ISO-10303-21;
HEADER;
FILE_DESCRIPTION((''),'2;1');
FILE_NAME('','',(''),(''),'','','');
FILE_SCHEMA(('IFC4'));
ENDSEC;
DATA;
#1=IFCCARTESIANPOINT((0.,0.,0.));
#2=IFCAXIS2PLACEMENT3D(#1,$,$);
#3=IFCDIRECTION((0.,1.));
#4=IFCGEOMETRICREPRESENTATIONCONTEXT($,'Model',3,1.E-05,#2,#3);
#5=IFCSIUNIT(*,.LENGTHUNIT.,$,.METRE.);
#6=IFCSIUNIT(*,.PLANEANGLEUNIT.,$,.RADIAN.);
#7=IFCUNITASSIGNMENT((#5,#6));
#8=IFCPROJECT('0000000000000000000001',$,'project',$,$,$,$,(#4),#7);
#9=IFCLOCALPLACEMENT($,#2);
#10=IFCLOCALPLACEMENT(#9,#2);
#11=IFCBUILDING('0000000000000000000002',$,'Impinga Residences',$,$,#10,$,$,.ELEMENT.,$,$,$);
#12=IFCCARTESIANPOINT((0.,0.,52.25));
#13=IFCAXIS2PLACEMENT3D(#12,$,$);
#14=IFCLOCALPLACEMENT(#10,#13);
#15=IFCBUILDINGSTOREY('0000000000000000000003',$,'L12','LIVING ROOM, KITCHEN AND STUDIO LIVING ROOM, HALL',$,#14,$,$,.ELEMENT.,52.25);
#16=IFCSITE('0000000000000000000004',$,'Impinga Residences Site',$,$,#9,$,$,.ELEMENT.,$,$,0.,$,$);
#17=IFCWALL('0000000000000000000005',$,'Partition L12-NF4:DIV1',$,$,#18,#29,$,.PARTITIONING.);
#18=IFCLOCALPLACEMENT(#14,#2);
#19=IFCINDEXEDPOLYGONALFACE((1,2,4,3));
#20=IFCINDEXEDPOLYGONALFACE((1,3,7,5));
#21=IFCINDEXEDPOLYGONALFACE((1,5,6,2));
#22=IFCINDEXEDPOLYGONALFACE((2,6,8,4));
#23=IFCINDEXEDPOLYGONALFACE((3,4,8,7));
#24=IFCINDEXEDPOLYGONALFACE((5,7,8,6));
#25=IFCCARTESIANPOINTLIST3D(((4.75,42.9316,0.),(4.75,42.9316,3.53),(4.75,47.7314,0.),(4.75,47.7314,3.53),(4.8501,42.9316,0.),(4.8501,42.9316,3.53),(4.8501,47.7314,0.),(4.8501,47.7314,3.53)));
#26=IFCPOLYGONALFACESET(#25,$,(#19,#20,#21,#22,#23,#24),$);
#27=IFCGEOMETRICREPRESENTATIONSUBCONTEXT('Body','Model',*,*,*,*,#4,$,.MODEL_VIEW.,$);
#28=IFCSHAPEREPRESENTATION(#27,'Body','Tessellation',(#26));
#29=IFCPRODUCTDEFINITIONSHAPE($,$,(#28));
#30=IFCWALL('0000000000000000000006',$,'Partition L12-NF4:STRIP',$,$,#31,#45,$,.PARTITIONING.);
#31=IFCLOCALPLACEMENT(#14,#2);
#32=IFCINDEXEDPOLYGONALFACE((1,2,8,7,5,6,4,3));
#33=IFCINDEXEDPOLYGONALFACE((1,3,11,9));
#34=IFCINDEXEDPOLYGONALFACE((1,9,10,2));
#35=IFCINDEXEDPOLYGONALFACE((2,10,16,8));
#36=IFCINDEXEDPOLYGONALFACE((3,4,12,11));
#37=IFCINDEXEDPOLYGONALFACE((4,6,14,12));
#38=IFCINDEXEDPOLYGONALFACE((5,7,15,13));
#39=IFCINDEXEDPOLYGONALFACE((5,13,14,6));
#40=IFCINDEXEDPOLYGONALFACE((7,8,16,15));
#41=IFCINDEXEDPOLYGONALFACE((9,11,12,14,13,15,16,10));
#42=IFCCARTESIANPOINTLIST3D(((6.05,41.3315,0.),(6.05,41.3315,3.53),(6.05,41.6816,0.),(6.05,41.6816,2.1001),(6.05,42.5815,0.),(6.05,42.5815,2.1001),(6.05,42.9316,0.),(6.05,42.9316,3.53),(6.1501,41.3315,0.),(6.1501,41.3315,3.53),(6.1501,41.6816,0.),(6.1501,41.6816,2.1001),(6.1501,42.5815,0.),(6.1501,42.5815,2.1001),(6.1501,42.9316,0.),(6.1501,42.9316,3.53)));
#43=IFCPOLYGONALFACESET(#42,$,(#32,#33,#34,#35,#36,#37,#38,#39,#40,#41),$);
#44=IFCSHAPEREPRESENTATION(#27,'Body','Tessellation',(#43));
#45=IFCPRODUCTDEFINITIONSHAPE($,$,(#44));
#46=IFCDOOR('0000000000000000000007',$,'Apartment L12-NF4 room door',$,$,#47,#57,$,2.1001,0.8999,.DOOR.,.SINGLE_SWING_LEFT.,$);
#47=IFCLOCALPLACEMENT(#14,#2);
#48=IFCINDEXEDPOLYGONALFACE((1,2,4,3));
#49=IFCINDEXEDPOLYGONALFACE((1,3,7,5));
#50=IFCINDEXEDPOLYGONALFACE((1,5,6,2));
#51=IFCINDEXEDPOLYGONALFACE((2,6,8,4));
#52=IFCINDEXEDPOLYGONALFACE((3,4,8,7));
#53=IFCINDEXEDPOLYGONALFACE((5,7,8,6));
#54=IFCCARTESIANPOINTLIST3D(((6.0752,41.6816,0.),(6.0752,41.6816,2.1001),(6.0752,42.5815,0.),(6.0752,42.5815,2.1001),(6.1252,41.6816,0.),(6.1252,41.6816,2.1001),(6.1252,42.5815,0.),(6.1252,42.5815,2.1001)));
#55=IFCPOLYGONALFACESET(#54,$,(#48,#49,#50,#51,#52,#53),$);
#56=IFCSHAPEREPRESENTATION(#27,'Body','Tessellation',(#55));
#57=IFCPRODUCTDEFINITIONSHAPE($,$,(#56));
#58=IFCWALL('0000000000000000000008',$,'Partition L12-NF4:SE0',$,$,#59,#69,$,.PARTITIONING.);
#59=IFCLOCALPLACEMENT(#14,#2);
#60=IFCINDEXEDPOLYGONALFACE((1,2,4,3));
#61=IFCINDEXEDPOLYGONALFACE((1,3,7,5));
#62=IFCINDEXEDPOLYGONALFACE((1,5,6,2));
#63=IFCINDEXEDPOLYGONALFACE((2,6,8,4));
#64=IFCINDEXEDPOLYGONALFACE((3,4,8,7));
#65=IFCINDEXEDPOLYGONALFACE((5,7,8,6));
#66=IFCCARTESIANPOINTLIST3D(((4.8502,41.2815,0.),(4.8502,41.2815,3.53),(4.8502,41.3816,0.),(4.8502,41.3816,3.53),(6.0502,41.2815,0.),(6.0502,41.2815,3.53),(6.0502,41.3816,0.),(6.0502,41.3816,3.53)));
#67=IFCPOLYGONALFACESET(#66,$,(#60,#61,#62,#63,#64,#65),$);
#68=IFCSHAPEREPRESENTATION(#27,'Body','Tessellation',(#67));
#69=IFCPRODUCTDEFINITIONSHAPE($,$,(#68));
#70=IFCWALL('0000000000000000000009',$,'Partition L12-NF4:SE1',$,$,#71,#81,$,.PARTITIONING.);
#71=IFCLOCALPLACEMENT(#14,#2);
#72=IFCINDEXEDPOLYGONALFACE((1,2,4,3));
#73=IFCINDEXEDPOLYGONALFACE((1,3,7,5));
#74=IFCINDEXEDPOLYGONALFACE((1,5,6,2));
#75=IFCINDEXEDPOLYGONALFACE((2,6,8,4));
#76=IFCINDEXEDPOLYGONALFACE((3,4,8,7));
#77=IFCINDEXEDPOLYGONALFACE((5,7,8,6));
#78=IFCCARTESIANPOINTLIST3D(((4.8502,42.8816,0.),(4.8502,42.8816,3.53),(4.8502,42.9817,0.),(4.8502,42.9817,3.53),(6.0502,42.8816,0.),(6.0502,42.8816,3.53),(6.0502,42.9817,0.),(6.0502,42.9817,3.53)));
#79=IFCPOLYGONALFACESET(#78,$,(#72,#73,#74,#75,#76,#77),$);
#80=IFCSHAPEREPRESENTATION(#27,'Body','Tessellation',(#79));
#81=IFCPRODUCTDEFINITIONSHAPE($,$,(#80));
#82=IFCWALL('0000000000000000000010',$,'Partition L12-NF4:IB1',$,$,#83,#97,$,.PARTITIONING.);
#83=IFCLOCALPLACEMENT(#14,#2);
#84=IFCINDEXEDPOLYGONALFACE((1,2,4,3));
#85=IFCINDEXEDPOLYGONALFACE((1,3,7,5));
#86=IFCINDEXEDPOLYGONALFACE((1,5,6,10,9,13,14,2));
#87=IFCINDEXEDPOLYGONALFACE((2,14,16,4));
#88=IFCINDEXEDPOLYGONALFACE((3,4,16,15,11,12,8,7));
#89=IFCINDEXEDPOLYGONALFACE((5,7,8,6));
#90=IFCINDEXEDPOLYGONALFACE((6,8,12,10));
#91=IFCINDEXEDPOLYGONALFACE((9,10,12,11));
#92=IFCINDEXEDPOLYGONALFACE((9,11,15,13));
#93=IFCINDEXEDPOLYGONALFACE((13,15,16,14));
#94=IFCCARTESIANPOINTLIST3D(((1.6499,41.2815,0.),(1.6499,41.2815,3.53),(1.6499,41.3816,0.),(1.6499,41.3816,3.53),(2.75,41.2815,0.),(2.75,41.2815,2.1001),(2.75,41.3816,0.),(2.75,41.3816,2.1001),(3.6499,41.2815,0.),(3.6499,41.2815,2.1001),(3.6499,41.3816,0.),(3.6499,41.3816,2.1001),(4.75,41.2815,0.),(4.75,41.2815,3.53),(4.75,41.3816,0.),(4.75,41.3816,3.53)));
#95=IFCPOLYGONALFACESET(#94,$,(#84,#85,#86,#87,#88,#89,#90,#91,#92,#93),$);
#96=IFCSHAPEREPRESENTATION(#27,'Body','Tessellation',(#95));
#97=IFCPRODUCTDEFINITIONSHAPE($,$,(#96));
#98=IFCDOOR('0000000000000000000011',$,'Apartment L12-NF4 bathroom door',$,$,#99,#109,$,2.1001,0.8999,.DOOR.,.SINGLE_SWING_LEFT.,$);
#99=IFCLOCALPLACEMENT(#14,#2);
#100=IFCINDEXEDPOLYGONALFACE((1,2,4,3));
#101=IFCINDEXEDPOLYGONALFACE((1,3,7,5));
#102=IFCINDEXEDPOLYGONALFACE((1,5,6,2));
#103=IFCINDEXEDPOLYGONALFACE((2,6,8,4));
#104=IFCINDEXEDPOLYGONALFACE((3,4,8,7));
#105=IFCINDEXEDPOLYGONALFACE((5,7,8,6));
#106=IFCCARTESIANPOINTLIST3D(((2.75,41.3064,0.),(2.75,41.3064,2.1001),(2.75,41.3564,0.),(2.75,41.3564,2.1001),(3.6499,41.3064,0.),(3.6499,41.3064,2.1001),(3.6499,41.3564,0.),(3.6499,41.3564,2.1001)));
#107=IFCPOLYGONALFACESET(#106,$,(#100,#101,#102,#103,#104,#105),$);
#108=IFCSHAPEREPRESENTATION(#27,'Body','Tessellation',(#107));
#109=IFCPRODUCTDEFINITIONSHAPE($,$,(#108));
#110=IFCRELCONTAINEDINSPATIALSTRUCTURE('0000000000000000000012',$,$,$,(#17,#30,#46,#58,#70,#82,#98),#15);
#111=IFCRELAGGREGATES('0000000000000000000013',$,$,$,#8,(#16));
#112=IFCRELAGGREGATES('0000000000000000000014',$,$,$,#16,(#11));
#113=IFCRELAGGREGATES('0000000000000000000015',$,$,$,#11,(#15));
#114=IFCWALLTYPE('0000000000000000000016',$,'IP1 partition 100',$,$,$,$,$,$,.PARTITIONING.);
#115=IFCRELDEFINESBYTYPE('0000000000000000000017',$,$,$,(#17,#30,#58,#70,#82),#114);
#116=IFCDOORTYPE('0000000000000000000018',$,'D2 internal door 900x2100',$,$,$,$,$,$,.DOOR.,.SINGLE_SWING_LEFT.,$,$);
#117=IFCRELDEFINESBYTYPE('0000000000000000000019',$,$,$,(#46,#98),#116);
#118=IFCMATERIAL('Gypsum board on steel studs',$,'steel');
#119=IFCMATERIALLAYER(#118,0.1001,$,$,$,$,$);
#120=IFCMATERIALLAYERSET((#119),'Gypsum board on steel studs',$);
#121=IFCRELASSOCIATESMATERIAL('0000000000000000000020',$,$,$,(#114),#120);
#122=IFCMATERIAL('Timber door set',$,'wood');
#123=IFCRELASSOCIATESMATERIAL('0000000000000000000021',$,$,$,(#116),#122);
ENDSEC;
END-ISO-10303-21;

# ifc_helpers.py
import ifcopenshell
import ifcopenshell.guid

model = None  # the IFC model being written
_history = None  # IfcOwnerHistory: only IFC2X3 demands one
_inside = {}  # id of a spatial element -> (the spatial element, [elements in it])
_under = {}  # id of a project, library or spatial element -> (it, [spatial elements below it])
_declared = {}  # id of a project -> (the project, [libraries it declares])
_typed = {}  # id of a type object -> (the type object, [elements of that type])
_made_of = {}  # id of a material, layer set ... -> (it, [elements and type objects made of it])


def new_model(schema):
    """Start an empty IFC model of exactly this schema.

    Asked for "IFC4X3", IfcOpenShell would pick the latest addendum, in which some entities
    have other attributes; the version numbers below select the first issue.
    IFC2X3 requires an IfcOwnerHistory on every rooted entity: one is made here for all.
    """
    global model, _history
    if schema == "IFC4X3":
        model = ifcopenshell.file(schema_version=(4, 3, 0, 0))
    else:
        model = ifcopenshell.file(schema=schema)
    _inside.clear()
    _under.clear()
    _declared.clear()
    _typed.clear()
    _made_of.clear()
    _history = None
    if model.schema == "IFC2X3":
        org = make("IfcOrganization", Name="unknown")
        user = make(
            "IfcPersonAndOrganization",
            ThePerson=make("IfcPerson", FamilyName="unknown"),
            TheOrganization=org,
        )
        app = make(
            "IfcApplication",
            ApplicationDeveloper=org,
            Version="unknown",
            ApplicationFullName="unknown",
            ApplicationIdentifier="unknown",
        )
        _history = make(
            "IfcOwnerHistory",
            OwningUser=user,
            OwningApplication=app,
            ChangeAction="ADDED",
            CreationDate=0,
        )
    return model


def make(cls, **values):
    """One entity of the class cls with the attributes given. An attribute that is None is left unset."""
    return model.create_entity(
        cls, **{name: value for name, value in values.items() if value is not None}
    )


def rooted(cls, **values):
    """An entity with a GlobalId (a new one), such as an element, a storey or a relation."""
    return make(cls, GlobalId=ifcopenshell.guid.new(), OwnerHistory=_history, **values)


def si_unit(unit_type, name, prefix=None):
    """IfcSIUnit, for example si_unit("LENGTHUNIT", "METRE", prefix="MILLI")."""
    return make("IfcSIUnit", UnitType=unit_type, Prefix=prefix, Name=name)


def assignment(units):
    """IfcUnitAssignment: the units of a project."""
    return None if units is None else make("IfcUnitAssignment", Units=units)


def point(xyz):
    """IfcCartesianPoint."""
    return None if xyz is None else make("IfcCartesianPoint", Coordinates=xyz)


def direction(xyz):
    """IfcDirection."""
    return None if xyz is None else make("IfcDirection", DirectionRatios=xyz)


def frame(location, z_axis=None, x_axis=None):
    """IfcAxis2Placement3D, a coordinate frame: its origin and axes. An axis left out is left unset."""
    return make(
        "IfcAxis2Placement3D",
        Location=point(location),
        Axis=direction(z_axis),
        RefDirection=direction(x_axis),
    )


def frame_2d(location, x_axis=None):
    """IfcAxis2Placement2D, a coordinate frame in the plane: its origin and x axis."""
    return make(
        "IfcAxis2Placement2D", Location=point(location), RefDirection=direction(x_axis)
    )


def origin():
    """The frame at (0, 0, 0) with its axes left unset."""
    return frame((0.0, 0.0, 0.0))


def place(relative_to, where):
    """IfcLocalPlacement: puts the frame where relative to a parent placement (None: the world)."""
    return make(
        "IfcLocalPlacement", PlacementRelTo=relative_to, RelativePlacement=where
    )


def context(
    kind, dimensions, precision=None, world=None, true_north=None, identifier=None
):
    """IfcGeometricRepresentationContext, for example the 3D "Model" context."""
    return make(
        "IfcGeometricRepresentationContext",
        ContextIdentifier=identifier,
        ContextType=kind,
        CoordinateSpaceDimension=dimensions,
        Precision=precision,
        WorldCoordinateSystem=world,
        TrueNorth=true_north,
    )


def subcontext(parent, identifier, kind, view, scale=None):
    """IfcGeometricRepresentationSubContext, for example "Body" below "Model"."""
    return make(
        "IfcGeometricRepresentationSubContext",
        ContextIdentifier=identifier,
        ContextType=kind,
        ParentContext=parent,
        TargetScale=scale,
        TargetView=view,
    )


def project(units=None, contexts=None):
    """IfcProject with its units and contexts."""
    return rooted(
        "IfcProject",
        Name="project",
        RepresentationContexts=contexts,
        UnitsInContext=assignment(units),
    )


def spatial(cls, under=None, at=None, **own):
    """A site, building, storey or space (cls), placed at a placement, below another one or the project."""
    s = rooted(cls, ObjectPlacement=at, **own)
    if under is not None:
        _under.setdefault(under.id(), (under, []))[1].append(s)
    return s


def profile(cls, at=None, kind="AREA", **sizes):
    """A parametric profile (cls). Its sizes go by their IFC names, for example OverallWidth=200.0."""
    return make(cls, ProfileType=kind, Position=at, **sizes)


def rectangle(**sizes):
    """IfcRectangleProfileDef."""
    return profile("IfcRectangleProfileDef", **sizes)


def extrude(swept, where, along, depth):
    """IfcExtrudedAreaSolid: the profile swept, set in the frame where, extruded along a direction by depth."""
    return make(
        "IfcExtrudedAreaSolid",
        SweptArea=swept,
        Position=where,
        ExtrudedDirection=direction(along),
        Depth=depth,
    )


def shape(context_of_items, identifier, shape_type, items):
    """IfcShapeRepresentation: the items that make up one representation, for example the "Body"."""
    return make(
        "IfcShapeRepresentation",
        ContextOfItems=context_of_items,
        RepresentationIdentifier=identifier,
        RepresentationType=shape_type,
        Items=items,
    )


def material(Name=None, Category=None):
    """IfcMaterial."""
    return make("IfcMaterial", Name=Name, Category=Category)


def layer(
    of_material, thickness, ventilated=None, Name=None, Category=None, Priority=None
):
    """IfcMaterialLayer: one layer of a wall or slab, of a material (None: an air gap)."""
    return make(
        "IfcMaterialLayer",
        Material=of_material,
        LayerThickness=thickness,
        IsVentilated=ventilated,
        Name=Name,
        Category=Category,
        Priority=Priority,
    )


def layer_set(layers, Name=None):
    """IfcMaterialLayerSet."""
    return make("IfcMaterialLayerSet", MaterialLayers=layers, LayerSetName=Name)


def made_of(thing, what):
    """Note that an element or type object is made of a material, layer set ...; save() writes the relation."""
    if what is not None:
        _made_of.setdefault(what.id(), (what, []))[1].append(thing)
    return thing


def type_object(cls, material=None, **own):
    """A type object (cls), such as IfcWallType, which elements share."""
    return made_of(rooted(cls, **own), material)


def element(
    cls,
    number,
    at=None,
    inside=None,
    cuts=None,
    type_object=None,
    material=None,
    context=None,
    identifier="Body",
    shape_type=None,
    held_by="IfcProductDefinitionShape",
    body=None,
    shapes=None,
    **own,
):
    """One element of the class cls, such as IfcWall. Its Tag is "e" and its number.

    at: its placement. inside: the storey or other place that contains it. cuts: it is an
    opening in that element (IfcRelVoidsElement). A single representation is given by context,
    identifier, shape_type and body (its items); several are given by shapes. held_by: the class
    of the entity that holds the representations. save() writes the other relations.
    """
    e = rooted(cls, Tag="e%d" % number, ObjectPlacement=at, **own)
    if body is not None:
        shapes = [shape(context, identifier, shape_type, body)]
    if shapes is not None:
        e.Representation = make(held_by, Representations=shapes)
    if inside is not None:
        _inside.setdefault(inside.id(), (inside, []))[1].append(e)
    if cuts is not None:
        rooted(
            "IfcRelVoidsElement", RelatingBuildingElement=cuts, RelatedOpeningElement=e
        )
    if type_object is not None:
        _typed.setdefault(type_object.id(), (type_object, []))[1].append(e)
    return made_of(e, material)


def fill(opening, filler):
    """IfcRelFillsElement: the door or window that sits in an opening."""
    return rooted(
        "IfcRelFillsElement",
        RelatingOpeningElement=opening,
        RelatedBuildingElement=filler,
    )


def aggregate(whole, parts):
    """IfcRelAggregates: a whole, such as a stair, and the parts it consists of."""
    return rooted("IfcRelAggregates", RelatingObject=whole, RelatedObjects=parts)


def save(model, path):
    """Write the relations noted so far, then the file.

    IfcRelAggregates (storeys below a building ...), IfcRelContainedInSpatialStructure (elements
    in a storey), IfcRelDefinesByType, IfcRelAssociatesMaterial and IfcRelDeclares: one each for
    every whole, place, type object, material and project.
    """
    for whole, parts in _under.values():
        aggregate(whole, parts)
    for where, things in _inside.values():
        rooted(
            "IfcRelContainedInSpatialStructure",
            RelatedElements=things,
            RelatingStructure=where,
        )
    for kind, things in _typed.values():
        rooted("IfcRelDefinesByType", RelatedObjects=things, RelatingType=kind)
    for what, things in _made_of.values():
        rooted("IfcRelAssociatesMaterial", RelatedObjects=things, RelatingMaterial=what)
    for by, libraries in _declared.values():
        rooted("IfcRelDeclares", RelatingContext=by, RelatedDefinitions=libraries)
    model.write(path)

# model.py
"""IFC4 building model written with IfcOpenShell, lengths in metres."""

from ifc_helpers import new_model, si_unit, direction, frame, frame_2d, origin, place, context, subcontext, project, spatial, rectangle, extrude, material, layer, layer_set, type_object, element, fill, save


model = new_model("IFC4")

# Units and contexts
model_context = context("Model", 3, precision=1e-05, world=origin(), true_north=direction((0.0, 1.0)))
body_context = subcontext(model_context, "Body", "Model", "MODEL_VIEW")
ifc_project = project(units=[si_unit("LENGTHUNIT", "METRE"), si_unit("PLANEANGLEUNIT", "RADIAN")], contexts=[model_context])

# Site, building, storey
site_placement = place(None, origin())
site = spatial("IfcSite", under=ifc_project, at=site_placement, Name="Impinga Residences Site", CompositionType="ELEMENT", RefElevation=0.0)
building_placement = place(site_placement, origin())
building = spatial("IfcBuilding", under=site, at=building_placement, Name="Impinga Residences", CompositionType="ELEMENT")
storey_placement = place(building_placement, frame((0.0, 0.0, 52.25)))
storey = spatial("IfcBuildingStorey", under=building, at=storey_placement, Name="L12", Description="LIVING ROOM, KITCHEN AND STUDIO LIVING ROOM, HALL", CompositionType="ELEMENT", Elevation=52.25)

# Wall
ifc_material_1 = material(Name="Gypsum board on steel studs", Category="steel")
ifc_layer_1 = layer(ifc_material_1, 0.1001)
ifc_layer_set_1 = layer_set([ifc_layer_1], Name="Gypsum board on steel studs")
wall_type_1 = type_object("IfcWallType", Name="IP1 partition 100", PredefinedType="PARTITIONING", material=ifc_layer_set_1)
wall_1_placement = place(storey_placement, frame((4.8, 42.9316, 0.0), z_axis=(0.0, 0.0, 1.0), x_axis=(0.0, 1.0, 0.0)))
element("IfcWall", 1, at=wall_1_placement, inside=storey, type_object=wall_type_1, Name="Partition L12-NF4:DIV1", PredefinedType="PARTITIONING", context=body_context, shape_type="SweptSolid", body=[
    extrude(rectangle(XDim=4.7998, YDim=0.1001, at=frame_2d((2.3999, 0.0))), origin(), (0.0, 0.0, 1.0), 3.53),
])

# Wall, opening, door
wall_2_placement = place(storey_placement, frame((6.1001, 41.3315, 0.0), z_axis=(0.0, 0.0, 1.0), x_axis=(0.0, 1.0, 0.0)))
wall_2 = element("IfcWall", 2, at=wall_2_placement, inside=storey, type_object=wall_type_1, Name="Partition L12-NF4:STRIP", PredefinedType="PARTITIONING", context=body_context, shape_type="SweptSolid", body=[
    extrude(rectangle(XDim=1.6001, YDim=0.1001, at=frame_2d((0.8, 0.0))), origin(), (0.0, 0.0, 1.0), 3.53),
])
opening_1_placement = place(wall_2_placement, frame((0.3501, 0.0, 0.0)))
opening_1 = element("IfcOpeningElement", 3, at=opening_1_placement, cuts=wall_2, PredefinedType="OPENING", context=body_context, shape_type="SweptSolid", body=[
    extrude(rectangle(XDim=0.8999, YDim=2.1001, at=frame_2d((0.45, 1.05))), frame((0.0, 0.0601, 0.0), z_axis=(0.0, -1.0, 0.0), x_axis=(1.0, 0.0, 0.0)), (0.0, 0.0, 1.0), 0.1201),
])
ifc_material_2 = material(Name="Timber door set", Category="wood")
door_type = type_object("IfcDoorType", Name="D2 internal door 900x2100", OperationType="SINGLE_SWING_LEFT", PredefinedType="DOOR", material=ifc_material_2)
door_1_placement = place(opening_1_placement, origin())
door_1 = element("IfcDoor", 4, at=door_1_placement, inside=storey, type_object=door_type, Name="Apartment L12-NF4 room door", OperationType="SINGLE_SWING_LEFT", OverallHeight=2.1001, OverallWidth=0.8999, PredefinedType="DOOR", context=body_context, shape_type="SweptSolid", body=[
    extrude(rectangle(XDim=0.8999, YDim=2.1001, at=frame_2d((0.45, 1.05))), frame((0.0, 0.0249, 0.0), z_axis=(0.0, -1.0, 0.0), x_axis=(1.0, 0.0, 0.0)), (0.0, 0.0, 1.0), 0.05),
])
fill(opening_1, door_1)

# Walls
for number, where, z_axis, x_axis, name in (
    (5, (4.8501, 41.3315, 0.0), (0.0, 0.0, 1.0), (1.0, 0.0, 0.0), "Partition L12-NF4:SE0"),
    (6, (4.8501, 42.9316, 0.0), (0.0, 0.0, 1.0), (1.0, 0.0, 0.0), "Partition L12-NF4:SE1"),
):
    element("IfcWall", number, at=place(storey_placement, frame(where, z_axis=z_axis, x_axis=x_axis)), inside=storey, type_object=wall_type_1, Name=name, PredefinedType="PARTITIONING", context=body_context, shape_type="SweptSolid", body=[
        extrude(rectangle(XDim=1.2, YDim=0.1001, at=frame_2d((0.6001, 0.0))), origin(), (0.0, 0.0, 1.0), 3.53),
    ])

# Wall, opening, door
wall_3_placement = place(storey_placement, frame((1.6499, 41.3315, 0.0), z_axis=(0.0, 0.0, 1.0), x_axis=(1.0, 0.0, 0.0)))
wall_3 = element("IfcWall", 7, at=wall_3_placement, inside=storey, type_object=wall_type_1, Name="Partition L12-NF4:IB1", PredefinedType="PARTITIONING", context=body_context, shape_type="SweptSolid", body=[
    extrude(rectangle(XDim=3.1001, YDim=0.1001, at=frame_2d((1.55, 0.0))), origin(), (0.0, 0.0, 1.0), 3.53),
])
opening_2_placement = place(wall_3_placement, frame((1.1001, 0.0, 0.0)))
opening_2 = element("IfcOpeningElement", 8, at=opening_2_placement, cuts=wall_3, PredefinedType="OPENING", context=body_context, shape_type="SweptSolid", body=[
    extrude(rectangle(XDim=0.8999, YDim=2.1001, at=frame_2d((0.45, 1.05))), frame((0.0, 0.0601, 0.0), z_axis=(0.0, -1.0, 0.0), x_axis=(1.0, 0.0, 0.0)), (0.0, 0.0, 1.0), 0.1201),
])
door_2_placement = place(opening_2_placement, origin())
door_2 = element("IfcDoor", 9, at=door_2_placement, inside=storey, type_object=door_type, Name="Apartment L12-NF4 bathroom door", OperationType="SINGLE_SWING_LEFT", OverallHeight=2.1001, OverallWidth=0.8999, PredefinedType="DOOR", context=body_context, shape_type="SweptSolid", body=[
    extrude(rectangle(XDim=0.8999, YDim=2.1001, at=frame_2d((0.45, 1.05))), frame((0.0, 0.0249, 0.0), z_axis=(0.0, -1.0, 0.0), x_axis=(1.0, 0.0, 0.0)), (0.0, 0.0, 1.0), 0.05),
])
fill(opening_2, door_2)

save(model, "model.ifc")
